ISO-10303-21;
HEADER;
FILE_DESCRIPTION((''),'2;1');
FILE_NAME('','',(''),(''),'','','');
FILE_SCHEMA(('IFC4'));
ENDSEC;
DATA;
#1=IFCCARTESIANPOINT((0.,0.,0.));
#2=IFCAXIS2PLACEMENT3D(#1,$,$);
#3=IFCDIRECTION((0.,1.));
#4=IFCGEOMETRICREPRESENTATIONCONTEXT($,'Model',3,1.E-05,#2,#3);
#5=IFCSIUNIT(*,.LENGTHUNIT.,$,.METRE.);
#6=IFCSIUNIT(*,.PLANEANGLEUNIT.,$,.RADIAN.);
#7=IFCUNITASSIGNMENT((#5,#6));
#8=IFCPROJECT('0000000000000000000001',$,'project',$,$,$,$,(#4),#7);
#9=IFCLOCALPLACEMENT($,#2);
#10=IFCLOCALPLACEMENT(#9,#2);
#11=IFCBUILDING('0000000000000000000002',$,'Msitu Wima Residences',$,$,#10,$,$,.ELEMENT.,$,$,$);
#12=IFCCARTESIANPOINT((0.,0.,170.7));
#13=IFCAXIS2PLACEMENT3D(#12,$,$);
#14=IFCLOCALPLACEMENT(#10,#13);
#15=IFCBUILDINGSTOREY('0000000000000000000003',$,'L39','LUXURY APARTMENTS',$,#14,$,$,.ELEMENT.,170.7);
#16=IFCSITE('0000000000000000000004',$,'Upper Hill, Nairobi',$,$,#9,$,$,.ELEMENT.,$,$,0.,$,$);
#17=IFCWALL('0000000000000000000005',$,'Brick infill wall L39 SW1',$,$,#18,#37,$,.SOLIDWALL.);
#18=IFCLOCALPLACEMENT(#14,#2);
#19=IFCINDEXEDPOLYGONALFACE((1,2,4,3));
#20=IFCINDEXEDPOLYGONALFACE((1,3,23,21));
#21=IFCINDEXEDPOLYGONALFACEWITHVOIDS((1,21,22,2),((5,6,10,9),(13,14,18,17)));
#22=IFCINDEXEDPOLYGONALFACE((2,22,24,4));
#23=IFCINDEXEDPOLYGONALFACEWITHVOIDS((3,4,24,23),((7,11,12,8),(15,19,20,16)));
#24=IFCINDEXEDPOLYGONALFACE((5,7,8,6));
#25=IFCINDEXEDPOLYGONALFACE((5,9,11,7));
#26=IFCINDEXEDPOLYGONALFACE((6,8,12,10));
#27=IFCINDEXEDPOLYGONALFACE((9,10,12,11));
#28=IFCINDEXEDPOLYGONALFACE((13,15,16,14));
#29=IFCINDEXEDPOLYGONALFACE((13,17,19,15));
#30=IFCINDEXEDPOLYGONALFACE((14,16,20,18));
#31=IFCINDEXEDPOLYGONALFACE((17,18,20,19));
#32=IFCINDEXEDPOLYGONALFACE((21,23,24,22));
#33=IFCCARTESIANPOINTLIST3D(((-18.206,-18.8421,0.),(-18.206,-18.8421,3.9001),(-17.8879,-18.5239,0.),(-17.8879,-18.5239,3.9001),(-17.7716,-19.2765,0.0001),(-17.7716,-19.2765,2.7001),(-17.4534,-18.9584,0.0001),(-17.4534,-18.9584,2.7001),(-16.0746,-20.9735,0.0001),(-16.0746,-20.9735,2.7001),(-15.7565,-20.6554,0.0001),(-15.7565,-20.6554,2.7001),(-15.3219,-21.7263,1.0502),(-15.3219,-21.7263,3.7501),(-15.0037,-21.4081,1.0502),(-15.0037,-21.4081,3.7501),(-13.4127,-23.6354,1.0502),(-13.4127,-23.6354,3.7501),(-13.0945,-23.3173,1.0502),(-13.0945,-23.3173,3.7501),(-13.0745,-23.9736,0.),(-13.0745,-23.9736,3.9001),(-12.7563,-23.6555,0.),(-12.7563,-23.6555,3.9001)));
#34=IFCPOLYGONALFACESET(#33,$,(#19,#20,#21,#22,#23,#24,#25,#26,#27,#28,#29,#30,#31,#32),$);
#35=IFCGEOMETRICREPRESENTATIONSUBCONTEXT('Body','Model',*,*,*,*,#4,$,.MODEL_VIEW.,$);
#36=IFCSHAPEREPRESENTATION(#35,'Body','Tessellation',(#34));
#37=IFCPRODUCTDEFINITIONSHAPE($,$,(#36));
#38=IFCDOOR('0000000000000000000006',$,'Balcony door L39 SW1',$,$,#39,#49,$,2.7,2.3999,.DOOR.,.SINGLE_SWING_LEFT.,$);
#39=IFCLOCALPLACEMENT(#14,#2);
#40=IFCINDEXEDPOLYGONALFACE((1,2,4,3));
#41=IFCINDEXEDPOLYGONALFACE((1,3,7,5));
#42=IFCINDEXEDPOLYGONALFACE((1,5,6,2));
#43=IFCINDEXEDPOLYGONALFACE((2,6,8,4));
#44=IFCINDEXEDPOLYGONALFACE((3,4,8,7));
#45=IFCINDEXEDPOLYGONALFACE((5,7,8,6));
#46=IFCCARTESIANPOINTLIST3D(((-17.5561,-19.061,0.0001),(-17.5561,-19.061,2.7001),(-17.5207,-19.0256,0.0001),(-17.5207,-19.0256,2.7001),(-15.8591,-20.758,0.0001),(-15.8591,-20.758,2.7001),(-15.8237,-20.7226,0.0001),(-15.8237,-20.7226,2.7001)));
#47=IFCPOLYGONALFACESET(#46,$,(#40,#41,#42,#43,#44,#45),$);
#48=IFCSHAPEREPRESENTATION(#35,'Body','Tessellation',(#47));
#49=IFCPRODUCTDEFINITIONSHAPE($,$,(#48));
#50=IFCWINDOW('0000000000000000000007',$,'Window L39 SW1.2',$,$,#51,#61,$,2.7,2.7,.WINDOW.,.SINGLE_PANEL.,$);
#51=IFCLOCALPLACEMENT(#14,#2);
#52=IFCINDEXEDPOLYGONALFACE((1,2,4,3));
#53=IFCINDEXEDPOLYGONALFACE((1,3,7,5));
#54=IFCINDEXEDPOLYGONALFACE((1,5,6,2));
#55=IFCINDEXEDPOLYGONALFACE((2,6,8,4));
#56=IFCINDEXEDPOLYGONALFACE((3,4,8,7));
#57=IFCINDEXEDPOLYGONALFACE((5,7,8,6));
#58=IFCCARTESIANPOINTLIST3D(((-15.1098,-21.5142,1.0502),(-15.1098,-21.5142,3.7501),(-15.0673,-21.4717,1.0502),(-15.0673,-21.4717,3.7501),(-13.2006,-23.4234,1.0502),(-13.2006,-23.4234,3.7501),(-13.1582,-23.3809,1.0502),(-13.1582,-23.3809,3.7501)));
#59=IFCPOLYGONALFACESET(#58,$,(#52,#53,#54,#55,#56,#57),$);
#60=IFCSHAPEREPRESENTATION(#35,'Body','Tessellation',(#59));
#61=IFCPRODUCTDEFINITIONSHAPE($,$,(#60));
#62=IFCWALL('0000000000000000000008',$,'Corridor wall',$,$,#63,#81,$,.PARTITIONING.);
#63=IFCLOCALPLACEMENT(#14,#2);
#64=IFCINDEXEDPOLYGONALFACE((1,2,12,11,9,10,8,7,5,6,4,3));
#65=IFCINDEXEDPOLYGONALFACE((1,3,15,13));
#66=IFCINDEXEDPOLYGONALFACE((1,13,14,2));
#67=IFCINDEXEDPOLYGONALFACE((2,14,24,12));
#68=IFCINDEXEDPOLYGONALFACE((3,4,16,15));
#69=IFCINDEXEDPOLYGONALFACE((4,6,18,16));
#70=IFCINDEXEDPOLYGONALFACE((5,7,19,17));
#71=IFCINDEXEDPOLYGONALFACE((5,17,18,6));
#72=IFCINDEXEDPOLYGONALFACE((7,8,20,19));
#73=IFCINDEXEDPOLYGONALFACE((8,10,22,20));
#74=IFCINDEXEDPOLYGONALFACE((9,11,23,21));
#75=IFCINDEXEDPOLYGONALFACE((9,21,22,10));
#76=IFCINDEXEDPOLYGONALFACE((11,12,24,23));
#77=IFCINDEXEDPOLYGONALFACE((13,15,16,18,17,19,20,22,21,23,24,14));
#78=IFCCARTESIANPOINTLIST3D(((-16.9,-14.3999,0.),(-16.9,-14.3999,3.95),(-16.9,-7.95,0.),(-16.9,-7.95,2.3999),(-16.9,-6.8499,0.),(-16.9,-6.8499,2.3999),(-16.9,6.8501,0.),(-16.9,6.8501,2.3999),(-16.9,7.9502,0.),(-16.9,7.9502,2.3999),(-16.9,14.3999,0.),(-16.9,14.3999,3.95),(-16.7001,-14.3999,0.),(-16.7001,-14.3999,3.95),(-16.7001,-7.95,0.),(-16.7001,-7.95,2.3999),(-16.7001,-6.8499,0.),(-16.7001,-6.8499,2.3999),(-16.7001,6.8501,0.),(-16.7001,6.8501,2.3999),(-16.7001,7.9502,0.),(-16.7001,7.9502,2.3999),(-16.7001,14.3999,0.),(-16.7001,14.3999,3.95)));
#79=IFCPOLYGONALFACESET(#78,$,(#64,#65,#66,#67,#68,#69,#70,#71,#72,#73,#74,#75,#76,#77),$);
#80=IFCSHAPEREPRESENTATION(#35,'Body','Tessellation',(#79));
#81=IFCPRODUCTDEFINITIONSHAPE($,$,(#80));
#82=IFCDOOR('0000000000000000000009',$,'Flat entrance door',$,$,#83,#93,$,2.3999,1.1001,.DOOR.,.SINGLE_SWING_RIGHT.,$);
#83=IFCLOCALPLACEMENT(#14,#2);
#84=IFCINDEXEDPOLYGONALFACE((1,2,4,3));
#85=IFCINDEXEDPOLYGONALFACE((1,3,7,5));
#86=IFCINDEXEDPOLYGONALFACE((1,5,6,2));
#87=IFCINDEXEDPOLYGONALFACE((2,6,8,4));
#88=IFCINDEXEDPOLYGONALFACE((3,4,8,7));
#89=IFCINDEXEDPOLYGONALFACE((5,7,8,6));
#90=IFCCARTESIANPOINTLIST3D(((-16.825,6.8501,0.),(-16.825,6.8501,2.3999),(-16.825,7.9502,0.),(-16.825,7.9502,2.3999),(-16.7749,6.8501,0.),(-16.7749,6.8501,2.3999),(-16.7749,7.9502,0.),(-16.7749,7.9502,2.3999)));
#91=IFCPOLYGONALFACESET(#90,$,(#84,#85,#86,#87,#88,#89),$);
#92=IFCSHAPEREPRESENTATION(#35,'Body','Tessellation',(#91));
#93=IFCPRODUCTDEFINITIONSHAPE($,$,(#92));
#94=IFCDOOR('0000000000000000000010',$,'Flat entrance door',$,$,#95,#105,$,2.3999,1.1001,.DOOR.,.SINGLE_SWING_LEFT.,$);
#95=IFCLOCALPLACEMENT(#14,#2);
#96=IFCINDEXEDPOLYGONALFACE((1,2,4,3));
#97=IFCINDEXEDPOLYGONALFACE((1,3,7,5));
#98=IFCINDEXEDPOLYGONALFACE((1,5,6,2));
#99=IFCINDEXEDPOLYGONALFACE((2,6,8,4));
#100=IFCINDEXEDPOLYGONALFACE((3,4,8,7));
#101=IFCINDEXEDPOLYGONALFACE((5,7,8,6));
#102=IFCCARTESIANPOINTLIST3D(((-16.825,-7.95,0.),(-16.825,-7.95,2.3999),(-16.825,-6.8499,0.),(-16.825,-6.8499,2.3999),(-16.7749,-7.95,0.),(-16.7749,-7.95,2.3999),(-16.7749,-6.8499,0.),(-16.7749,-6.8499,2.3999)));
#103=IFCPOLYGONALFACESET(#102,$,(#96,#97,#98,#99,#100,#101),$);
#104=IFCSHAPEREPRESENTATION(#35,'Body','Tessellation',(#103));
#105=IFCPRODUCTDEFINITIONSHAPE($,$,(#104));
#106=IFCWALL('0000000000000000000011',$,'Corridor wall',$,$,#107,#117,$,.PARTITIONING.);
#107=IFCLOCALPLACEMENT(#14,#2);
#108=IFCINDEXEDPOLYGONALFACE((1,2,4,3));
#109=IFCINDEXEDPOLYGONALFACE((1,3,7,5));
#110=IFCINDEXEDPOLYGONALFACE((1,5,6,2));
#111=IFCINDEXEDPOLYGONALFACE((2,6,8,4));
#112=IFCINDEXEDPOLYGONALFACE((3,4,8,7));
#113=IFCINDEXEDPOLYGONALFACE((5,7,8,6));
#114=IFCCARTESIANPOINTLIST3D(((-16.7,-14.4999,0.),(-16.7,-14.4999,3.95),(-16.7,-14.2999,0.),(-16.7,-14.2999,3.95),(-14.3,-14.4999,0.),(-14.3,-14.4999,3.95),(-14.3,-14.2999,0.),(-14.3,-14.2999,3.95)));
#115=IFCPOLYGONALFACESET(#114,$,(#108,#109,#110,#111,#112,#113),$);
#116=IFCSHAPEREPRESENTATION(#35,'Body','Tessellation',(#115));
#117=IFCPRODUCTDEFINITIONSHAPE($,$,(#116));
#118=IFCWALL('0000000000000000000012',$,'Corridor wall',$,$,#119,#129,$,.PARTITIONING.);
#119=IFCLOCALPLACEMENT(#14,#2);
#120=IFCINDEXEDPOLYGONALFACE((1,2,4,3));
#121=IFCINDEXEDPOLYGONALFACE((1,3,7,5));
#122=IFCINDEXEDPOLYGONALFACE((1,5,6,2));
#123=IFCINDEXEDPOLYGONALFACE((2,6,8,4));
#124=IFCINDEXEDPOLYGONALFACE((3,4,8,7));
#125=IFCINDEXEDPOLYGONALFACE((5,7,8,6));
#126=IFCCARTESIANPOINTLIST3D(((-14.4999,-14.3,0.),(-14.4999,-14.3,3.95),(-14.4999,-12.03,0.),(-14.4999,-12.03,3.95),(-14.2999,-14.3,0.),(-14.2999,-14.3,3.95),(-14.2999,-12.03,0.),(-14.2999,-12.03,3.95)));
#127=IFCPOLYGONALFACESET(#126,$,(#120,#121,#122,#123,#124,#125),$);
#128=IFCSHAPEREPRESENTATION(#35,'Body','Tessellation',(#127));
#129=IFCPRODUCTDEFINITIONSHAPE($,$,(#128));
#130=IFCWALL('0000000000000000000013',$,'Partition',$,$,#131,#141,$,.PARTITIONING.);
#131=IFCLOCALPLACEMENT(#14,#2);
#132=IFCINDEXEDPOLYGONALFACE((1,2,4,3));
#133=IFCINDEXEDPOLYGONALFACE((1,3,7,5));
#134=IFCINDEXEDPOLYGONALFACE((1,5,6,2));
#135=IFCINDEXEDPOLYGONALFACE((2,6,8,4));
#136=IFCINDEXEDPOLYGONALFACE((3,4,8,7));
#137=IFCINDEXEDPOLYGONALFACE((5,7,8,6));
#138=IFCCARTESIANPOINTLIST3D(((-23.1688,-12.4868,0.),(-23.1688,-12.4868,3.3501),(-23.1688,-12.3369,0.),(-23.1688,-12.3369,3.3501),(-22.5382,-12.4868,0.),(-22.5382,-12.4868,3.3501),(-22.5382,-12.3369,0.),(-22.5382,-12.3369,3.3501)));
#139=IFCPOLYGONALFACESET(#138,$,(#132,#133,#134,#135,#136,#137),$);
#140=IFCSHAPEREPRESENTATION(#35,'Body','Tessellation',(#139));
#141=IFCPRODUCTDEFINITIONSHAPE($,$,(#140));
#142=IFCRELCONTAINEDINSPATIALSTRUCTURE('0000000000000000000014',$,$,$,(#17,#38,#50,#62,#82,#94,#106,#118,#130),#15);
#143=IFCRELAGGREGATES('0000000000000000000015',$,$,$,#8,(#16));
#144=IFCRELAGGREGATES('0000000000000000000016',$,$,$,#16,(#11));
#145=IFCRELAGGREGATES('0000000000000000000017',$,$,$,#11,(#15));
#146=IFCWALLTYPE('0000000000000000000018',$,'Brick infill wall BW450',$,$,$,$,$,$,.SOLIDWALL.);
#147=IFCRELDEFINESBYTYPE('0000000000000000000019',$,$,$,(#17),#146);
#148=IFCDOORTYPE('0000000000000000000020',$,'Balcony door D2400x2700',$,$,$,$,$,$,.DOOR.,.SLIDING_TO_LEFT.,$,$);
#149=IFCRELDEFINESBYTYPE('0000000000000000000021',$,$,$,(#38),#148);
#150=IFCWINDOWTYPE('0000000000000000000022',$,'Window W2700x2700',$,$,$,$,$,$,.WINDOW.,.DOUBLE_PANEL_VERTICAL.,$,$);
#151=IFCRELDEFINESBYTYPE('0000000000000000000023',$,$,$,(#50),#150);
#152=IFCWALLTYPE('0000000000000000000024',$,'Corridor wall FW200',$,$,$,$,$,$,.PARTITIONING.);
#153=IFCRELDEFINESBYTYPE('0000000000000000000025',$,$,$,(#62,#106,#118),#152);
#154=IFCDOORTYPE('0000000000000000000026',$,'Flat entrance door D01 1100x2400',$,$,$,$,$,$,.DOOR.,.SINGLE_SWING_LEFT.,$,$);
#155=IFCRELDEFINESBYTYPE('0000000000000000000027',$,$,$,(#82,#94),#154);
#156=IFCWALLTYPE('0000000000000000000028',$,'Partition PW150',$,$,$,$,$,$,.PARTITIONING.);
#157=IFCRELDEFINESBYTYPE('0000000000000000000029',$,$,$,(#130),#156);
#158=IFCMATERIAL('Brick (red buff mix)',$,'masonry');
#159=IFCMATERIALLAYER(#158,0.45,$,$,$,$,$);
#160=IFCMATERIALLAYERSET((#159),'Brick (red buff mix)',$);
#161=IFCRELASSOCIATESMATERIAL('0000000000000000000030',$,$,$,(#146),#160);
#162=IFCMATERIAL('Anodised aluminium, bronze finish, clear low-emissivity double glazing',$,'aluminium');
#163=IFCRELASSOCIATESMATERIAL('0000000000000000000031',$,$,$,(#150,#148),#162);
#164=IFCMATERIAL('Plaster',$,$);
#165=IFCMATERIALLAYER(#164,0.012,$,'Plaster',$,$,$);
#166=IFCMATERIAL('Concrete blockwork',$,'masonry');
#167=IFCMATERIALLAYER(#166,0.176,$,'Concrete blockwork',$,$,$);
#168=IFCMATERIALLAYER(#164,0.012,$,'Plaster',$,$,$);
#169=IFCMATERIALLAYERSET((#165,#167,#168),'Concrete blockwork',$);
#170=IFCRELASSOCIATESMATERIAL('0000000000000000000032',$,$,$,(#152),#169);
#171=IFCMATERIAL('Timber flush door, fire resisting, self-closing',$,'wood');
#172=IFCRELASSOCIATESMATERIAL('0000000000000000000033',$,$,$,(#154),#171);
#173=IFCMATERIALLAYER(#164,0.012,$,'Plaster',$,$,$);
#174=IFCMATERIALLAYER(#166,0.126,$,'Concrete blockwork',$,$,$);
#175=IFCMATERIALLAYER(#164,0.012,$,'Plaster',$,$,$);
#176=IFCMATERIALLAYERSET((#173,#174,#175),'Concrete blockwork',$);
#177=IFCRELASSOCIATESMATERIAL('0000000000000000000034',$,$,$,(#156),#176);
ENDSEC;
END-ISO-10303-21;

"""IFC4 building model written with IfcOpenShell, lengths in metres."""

from ifc_helpers import new_model, si_unit, direction, frame, frame_2d, origin, place, context, subcontext, project, spatial, rectangle, extrude, material, layer, layer_set, type_object, element, fill, save


model = new_model("IFC4")

# Units and contexts
model_context = context("Model", 3, precision=1e-05, world=origin(), true_north=direction((0.0, 1.0)))
body_context = subcontext(model_context, "Body", "Model", "MODEL_VIEW")
ifc_project = project(units=[si_unit("LENGTHUNIT", "METRE"), si_unit("PLANEANGLEUNIT", "RADIAN")], contexts=[model_context])

# Site, building, storey
site_placement = place(None, origin())
site = spatial("IfcSite", under=ifc_project, at=site_placement, Name="Upper Hill, Nairobi", CompositionType="ELEMENT", RefElevation=0.0)
building_placement = place(site_placement, origin())
building = spatial("IfcBuilding", under=site, at=building_placement, Name="Msitu Wima Residences", CompositionType="ELEMENT")
storey_placement = place(building_placement, frame((0.0, 0.0, 170.7)))
storey = spatial("IfcBuildingStorey", under=building, at=storey_placement, Name="L39", Description="LUXURY APARTMENTS", CompositionType="ELEMENT", Elevation=170.7)

# Shared definitions
ifc_material_1 = material(Name="Brick (red buff mix)", Category="masonry")
ifc_layer_1 = layer(ifc_material_1, 0.45)
ifc_layer_set_1 = layer_set([ifc_layer_1], Name="Brick (red buff mix)")
wall_type_1 = type_object("IfcWallType", Name="Brick infill wall BW450", PredefinedType="SOLIDWALL", material=ifc_layer_set_1)
ifc_material_2 = material(Name="Anodised aluminium, bronze finish, clear low-emissivity double glazing", Category="aluminium")
window_type = type_object("IfcWindowType", Name="Window W2700x2700", PartitioningType="DOUBLE_PANEL_VERTICAL", PredefinedType="WINDOW", material=ifc_material_2)

# Wall, openings, door, window
wall_1_placement = place(storey_placement, frame((-18.0469, -18.6831, 0.0), z_axis=(0.0, 0.0, 1.0), x_axis=(0.707107, -0.707107, 0.0)))
wall_1 = element("IfcWall", 1, at=wall_1_placement, inside=storey, type_object=wall_type_1, Name="Brick infill wall L39 SW1", PredefinedType="SOLIDWALL", context=body_context, shape_type="SweptSolid", body=[
    extrude(rectangle(XDim=7.2571, YDim=0.45, at=frame_2d((3.6284, 0.0))), origin(), (0.0, 0.0, 1.0), 3.9001),
])
opening_1_placement = place(wall_1_placement, frame((0.6143, 0.0, 0.0)))
opening_1 = element("IfcOpeningElement", 2, at=opening_1_placement, cuts=wall_1, PredefinedType="OPENING", context=body_context, shape_type="SweptSolid", body=[
    extrude(rectangle(XDim=2.3999, YDim=2.7, at=frame_2d((1.2, 1.3501))), frame((0.0, 0.2349, 0.0), z_axis=(0.0, -1.0, 0.0), x_axis=(1.0, 0.0, 0.0)), (0.0, 0.0, 1.0), 0.47),
])
opening_2_placement = place(wall_1_placement, frame((4.0786, 0.0, 1.05)))
opening_2 = element("IfcOpeningElement", 3, at=opening_2_placement, cuts=wall_1, PredefinedType="OPENING", context=body_context, shape_type="SweptSolid", body=[
    extrude(rectangle(XDim=2.7, YDim=2.7, at=frame_2d((1.3501, 1.3501))), frame((0.0, 0.2349, 0.0), z_axis=(0.0, -1.0, 0.0), x_axis=(1.0, 0.0, 0.0)), (0.0, 0.0, 1.0), 0.47),
])
door_type_1 = type_object("IfcDoorType", Name="Balcony door D2400x2700", OperationType="SLIDING_TO_LEFT", PredefinedType="DOOR", material=ifc_material_2)
door_1_placement = place(opening_1_placement, origin())
door_1 = element("IfcDoor", 4, at=door_1_placement, inside=storey, type_object=door_type_1, Name="Balcony door L39 SW1", OperationType="SINGLE_SWING_LEFT", OverallHeight=2.7, OverallWidth=2.3999, PredefinedType="DOOR", context=body_context, shape_type="SweptSolid", body=[
    extrude(rectangle(XDim=2.3999, YDim=2.7, at=frame_2d((1.2, 1.3501))), frame((0.0, 0.1299, 0.0), z_axis=(0.0, -1.0, 0.0), x_axis=(1.0, 0.0, 0.0)), (0.0, 0.0, 1.0), 0.05),
])
fill(opening_1, door_1)
window_1_placement = place(opening_2_placement, origin())
window_1 = element("IfcWindow", 5, at=window_1_placement, inside=storey, type_object=window_type, Name="Window L39 SW1.2", OverallHeight=2.7, OverallWidth=2.7, PartitioningType="SINGLE_PANEL", PredefinedType="WINDOW", context=body_context, shape_type="SweptSolid", body=[
    extrude(rectangle(XDim=2.7, YDim=2.7, at=frame_2d((1.3501, 1.3501))), frame((0.0, 0.135, 0.0), z_axis=(0.0, -1.0, 0.0), x_axis=(1.0, 0.0, 0.0)), (0.0, 0.0, 1.0), 0.0601),
])
fill(opening_2, window_1)

# Wall, openings, doors
ifc_material_3 = material(Name="Plaster")
ifc_layer_2 = layer(ifc_material_3, 0.012, Name="Plaster")
ifc_material_4 = material(Name="Concrete blockwork", Category="masonry")
ifc_layer_3 = layer(ifc_material_4, 0.176, Name="Concrete blockwork")
ifc_layer_4 = layer(ifc_material_3, 0.012, Name="Plaster")
ifc_layer_set_2 = layer_set([ifc_layer_2, ifc_layer_3, ifc_layer_4], Name="Concrete blockwork")
wall_type_2 = type_object("IfcWallType", Name="Corridor wall FW200", PredefinedType="PARTITIONING", material=ifc_layer_set_2)
wall_2_placement = place(storey_placement, frame((-16.8, -14.3999, 0.0), z_axis=(0.0, 0.0, 1.0), x_axis=(0.0, 1.0, 0.0)))
wall_2 = element("IfcWall", 6, at=wall_2_placement, inside=storey, type_object=wall_type_2, Name="Corridor wall", PredefinedType="PARTITIONING", context=body_context, shape_type="SweptSolid", body=[
    extrude(rectangle(XDim=28.7998, YDim=0.2, at=frame_2d((14.3999, 0.0))), origin(), (0.0, 0.0, 1.0), 3.95),
])
opening_3_placement = place(wall_2_placement, frame((21.25, 0.0, 0.0)))
opening_3 = element("IfcOpeningElement", 7, at=opening_3_placement, cuts=wall_2, PredefinedType="OPENING", context=body_context, shape_type="SweptSolid", body=[
    extrude(rectangle(XDim=1.1001, YDim=2.3999, at=frame_2d((0.55, 1.2))), frame((0.0, 0.1099, 0.0), z_axis=(0.0, -1.0, 0.0), x_axis=(1.0, 0.0, 0.0)), (0.0, 0.0, 1.0), 0.22),
])
opening_4_placement = place(wall_2_placement, frame((6.45, 0.0, 0.0)))
opening_4 = element("IfcOpeningElement", 8, at=opening_4_placement, cuts=wall_2, PredefinedType="OPENING", context=body_context, shape_type="SweptSolid", body=[
    extrude(rectangle(XDim=1.1001, YDim=2.3999, at=frame_2d((0.55, 1.2))), frame((0.0, 0.1099, 0.0), z_axis=(0.0, -1.0, 0.0), x_axis=(1.0, 0.0, 0.0)), (0.0, 0.0, 1.0), 0.22),
])
ifc_material_5 = material(Name="Timber flush door, fire resisting, self-closing", Category="wood")
door_type_2 = type_object("IfcDoorType", Name="Flat entrance door D01 1100x2400", OperationType="SINGLE_SWING_LEFT", PredefinedType="DOOR", material=ifc_material_5)
door_2_placement = place(opening_3_placement, origin())
door_2 = element("IfcDoor", 9, at=door_2_placement, inside=storey, type_object=door_type_2, Name="Flat entrance door", OperationType="SINGLE_SWING_RIGHT", OverallHeight=2.3999, OverallWidth=1.1001, PredefinedType="DOOR", context=body_context, shape_type="SweptSolid", body=[
    extrude(rectangle(XDim=1.1001, YDim=2.3999, at=frame_2d((0.55, 1.2))), frame((0.0, 0.0249, 0.0), z_axis=(0.0, -1.0, 0.0), x_axis=(1.0, 0.0, 0.0)), (0.0, 0.0, 1.0), 0.05),
])
fill(opening_3, door_2)
door_3_placement = place(opening_4_placement, origin())
door_3 = element("IfcDoor", 10, at=door_3_placement, inside=storey, type_object=door_type_2, Name="Flat entrance door", OperationType="SINGLE_SWING_LEFT", OverallHeight=2.3999, OverallWidth=1.1001, PredefinedType="DOOR", context=body_context, shape_type="SweptSolid", body=[
    extrude(rectangle(XDim=1.1001, YDim=2.3999, at=frame_2d((0.55, 1.2))), frame((0.0, 0.0249, 0.0), z_axis=(0.0, -1.0, 0.0), x_axis=(1.0, 0.0, 0.0)), (0.0, 0.0, 1.0), 0.05),
])
fill(opening_4, door_3)

# Walls
wall_3_placement = place(storey_placement, frame((-16.7, -14.3999, 0.0), z_axis=(0.0, 0.0, 1.0), x_axis=(1.0, 0.0, 0.0)))
element("IfcWall", 11, at=wall_3_placement, inside=storey, type_object=wall_type_2, Name="Corridor wall", PredefinedType="PARTITIONING", context=body_context, shape_type="SweptSolid", body=[
    extrude(rectangle(XDim=2.3999, YDim=0.2, at=frame_2d((1.2, 0.0))), origin(), (0.0, 0.0, 1.0), 3.95),
])
wall_4_placement = place(storey_placement, frame((-14.3999, -14.3, 0.0), z_axis=(0.0, 0.0, 1.0), x_axis=(0.0, 1.0, 0.0)))
element("IfcWall", 12, at=wall_4_placement, inside=storey, type_object=wall_type_2, Name="Corridor wall", PredefinedType="PARTITIONING", context=body_context, shape_type="SweptSolid", body=[
    extrude(rectangle(XDim=2.27, YDim=0.2, at=frame_2d((1.135, 0.0))), origin(), (0.0, 0.0, 1.0), 3.95),
])
ifc_layer_5 = layer(ifc_material_3, 0.012, Name="Plaster")
ifc_layer_6 = layer(ifc_material_4, 0.126, Name="Concrete blockwork")
ifc_layer_7 = layer(ifc_material_3, 0.012, Name="Plaster")
ifc_layer_set_3 = layer_set([ifc_layer_5, ifc_layer_6, ifc_layer_7], Name="Concrete blockwork")
wall_type_3 = type_object("IfcWallType", Name="Partition PW150", PredefinedType="PARTITIONING", material=ifc_layer_set_3)
wall_5_placement = place(storey_placement, frame((-23.1689, -12.4119, 0.0), z_axis=(0.0, 0.0, 1.0), x_axis=(1.0, 0.0, 0.0)))
element("IfcWall", 13, at=wall_5_placement, inside=storey, type_object=wall_type_3, Name="Partition", PredefinedType="PARTITIONING", context=body_context, shape_type="SweptSolid", body=[
    extrude(rectangle(XDim=0.6306, YDim=0.1499, at=frame_2d((0.3154, 0.0))), origin(), (0.0, 0.0, 1.0), 3.3501),
])

save(model, "model.ifc")
